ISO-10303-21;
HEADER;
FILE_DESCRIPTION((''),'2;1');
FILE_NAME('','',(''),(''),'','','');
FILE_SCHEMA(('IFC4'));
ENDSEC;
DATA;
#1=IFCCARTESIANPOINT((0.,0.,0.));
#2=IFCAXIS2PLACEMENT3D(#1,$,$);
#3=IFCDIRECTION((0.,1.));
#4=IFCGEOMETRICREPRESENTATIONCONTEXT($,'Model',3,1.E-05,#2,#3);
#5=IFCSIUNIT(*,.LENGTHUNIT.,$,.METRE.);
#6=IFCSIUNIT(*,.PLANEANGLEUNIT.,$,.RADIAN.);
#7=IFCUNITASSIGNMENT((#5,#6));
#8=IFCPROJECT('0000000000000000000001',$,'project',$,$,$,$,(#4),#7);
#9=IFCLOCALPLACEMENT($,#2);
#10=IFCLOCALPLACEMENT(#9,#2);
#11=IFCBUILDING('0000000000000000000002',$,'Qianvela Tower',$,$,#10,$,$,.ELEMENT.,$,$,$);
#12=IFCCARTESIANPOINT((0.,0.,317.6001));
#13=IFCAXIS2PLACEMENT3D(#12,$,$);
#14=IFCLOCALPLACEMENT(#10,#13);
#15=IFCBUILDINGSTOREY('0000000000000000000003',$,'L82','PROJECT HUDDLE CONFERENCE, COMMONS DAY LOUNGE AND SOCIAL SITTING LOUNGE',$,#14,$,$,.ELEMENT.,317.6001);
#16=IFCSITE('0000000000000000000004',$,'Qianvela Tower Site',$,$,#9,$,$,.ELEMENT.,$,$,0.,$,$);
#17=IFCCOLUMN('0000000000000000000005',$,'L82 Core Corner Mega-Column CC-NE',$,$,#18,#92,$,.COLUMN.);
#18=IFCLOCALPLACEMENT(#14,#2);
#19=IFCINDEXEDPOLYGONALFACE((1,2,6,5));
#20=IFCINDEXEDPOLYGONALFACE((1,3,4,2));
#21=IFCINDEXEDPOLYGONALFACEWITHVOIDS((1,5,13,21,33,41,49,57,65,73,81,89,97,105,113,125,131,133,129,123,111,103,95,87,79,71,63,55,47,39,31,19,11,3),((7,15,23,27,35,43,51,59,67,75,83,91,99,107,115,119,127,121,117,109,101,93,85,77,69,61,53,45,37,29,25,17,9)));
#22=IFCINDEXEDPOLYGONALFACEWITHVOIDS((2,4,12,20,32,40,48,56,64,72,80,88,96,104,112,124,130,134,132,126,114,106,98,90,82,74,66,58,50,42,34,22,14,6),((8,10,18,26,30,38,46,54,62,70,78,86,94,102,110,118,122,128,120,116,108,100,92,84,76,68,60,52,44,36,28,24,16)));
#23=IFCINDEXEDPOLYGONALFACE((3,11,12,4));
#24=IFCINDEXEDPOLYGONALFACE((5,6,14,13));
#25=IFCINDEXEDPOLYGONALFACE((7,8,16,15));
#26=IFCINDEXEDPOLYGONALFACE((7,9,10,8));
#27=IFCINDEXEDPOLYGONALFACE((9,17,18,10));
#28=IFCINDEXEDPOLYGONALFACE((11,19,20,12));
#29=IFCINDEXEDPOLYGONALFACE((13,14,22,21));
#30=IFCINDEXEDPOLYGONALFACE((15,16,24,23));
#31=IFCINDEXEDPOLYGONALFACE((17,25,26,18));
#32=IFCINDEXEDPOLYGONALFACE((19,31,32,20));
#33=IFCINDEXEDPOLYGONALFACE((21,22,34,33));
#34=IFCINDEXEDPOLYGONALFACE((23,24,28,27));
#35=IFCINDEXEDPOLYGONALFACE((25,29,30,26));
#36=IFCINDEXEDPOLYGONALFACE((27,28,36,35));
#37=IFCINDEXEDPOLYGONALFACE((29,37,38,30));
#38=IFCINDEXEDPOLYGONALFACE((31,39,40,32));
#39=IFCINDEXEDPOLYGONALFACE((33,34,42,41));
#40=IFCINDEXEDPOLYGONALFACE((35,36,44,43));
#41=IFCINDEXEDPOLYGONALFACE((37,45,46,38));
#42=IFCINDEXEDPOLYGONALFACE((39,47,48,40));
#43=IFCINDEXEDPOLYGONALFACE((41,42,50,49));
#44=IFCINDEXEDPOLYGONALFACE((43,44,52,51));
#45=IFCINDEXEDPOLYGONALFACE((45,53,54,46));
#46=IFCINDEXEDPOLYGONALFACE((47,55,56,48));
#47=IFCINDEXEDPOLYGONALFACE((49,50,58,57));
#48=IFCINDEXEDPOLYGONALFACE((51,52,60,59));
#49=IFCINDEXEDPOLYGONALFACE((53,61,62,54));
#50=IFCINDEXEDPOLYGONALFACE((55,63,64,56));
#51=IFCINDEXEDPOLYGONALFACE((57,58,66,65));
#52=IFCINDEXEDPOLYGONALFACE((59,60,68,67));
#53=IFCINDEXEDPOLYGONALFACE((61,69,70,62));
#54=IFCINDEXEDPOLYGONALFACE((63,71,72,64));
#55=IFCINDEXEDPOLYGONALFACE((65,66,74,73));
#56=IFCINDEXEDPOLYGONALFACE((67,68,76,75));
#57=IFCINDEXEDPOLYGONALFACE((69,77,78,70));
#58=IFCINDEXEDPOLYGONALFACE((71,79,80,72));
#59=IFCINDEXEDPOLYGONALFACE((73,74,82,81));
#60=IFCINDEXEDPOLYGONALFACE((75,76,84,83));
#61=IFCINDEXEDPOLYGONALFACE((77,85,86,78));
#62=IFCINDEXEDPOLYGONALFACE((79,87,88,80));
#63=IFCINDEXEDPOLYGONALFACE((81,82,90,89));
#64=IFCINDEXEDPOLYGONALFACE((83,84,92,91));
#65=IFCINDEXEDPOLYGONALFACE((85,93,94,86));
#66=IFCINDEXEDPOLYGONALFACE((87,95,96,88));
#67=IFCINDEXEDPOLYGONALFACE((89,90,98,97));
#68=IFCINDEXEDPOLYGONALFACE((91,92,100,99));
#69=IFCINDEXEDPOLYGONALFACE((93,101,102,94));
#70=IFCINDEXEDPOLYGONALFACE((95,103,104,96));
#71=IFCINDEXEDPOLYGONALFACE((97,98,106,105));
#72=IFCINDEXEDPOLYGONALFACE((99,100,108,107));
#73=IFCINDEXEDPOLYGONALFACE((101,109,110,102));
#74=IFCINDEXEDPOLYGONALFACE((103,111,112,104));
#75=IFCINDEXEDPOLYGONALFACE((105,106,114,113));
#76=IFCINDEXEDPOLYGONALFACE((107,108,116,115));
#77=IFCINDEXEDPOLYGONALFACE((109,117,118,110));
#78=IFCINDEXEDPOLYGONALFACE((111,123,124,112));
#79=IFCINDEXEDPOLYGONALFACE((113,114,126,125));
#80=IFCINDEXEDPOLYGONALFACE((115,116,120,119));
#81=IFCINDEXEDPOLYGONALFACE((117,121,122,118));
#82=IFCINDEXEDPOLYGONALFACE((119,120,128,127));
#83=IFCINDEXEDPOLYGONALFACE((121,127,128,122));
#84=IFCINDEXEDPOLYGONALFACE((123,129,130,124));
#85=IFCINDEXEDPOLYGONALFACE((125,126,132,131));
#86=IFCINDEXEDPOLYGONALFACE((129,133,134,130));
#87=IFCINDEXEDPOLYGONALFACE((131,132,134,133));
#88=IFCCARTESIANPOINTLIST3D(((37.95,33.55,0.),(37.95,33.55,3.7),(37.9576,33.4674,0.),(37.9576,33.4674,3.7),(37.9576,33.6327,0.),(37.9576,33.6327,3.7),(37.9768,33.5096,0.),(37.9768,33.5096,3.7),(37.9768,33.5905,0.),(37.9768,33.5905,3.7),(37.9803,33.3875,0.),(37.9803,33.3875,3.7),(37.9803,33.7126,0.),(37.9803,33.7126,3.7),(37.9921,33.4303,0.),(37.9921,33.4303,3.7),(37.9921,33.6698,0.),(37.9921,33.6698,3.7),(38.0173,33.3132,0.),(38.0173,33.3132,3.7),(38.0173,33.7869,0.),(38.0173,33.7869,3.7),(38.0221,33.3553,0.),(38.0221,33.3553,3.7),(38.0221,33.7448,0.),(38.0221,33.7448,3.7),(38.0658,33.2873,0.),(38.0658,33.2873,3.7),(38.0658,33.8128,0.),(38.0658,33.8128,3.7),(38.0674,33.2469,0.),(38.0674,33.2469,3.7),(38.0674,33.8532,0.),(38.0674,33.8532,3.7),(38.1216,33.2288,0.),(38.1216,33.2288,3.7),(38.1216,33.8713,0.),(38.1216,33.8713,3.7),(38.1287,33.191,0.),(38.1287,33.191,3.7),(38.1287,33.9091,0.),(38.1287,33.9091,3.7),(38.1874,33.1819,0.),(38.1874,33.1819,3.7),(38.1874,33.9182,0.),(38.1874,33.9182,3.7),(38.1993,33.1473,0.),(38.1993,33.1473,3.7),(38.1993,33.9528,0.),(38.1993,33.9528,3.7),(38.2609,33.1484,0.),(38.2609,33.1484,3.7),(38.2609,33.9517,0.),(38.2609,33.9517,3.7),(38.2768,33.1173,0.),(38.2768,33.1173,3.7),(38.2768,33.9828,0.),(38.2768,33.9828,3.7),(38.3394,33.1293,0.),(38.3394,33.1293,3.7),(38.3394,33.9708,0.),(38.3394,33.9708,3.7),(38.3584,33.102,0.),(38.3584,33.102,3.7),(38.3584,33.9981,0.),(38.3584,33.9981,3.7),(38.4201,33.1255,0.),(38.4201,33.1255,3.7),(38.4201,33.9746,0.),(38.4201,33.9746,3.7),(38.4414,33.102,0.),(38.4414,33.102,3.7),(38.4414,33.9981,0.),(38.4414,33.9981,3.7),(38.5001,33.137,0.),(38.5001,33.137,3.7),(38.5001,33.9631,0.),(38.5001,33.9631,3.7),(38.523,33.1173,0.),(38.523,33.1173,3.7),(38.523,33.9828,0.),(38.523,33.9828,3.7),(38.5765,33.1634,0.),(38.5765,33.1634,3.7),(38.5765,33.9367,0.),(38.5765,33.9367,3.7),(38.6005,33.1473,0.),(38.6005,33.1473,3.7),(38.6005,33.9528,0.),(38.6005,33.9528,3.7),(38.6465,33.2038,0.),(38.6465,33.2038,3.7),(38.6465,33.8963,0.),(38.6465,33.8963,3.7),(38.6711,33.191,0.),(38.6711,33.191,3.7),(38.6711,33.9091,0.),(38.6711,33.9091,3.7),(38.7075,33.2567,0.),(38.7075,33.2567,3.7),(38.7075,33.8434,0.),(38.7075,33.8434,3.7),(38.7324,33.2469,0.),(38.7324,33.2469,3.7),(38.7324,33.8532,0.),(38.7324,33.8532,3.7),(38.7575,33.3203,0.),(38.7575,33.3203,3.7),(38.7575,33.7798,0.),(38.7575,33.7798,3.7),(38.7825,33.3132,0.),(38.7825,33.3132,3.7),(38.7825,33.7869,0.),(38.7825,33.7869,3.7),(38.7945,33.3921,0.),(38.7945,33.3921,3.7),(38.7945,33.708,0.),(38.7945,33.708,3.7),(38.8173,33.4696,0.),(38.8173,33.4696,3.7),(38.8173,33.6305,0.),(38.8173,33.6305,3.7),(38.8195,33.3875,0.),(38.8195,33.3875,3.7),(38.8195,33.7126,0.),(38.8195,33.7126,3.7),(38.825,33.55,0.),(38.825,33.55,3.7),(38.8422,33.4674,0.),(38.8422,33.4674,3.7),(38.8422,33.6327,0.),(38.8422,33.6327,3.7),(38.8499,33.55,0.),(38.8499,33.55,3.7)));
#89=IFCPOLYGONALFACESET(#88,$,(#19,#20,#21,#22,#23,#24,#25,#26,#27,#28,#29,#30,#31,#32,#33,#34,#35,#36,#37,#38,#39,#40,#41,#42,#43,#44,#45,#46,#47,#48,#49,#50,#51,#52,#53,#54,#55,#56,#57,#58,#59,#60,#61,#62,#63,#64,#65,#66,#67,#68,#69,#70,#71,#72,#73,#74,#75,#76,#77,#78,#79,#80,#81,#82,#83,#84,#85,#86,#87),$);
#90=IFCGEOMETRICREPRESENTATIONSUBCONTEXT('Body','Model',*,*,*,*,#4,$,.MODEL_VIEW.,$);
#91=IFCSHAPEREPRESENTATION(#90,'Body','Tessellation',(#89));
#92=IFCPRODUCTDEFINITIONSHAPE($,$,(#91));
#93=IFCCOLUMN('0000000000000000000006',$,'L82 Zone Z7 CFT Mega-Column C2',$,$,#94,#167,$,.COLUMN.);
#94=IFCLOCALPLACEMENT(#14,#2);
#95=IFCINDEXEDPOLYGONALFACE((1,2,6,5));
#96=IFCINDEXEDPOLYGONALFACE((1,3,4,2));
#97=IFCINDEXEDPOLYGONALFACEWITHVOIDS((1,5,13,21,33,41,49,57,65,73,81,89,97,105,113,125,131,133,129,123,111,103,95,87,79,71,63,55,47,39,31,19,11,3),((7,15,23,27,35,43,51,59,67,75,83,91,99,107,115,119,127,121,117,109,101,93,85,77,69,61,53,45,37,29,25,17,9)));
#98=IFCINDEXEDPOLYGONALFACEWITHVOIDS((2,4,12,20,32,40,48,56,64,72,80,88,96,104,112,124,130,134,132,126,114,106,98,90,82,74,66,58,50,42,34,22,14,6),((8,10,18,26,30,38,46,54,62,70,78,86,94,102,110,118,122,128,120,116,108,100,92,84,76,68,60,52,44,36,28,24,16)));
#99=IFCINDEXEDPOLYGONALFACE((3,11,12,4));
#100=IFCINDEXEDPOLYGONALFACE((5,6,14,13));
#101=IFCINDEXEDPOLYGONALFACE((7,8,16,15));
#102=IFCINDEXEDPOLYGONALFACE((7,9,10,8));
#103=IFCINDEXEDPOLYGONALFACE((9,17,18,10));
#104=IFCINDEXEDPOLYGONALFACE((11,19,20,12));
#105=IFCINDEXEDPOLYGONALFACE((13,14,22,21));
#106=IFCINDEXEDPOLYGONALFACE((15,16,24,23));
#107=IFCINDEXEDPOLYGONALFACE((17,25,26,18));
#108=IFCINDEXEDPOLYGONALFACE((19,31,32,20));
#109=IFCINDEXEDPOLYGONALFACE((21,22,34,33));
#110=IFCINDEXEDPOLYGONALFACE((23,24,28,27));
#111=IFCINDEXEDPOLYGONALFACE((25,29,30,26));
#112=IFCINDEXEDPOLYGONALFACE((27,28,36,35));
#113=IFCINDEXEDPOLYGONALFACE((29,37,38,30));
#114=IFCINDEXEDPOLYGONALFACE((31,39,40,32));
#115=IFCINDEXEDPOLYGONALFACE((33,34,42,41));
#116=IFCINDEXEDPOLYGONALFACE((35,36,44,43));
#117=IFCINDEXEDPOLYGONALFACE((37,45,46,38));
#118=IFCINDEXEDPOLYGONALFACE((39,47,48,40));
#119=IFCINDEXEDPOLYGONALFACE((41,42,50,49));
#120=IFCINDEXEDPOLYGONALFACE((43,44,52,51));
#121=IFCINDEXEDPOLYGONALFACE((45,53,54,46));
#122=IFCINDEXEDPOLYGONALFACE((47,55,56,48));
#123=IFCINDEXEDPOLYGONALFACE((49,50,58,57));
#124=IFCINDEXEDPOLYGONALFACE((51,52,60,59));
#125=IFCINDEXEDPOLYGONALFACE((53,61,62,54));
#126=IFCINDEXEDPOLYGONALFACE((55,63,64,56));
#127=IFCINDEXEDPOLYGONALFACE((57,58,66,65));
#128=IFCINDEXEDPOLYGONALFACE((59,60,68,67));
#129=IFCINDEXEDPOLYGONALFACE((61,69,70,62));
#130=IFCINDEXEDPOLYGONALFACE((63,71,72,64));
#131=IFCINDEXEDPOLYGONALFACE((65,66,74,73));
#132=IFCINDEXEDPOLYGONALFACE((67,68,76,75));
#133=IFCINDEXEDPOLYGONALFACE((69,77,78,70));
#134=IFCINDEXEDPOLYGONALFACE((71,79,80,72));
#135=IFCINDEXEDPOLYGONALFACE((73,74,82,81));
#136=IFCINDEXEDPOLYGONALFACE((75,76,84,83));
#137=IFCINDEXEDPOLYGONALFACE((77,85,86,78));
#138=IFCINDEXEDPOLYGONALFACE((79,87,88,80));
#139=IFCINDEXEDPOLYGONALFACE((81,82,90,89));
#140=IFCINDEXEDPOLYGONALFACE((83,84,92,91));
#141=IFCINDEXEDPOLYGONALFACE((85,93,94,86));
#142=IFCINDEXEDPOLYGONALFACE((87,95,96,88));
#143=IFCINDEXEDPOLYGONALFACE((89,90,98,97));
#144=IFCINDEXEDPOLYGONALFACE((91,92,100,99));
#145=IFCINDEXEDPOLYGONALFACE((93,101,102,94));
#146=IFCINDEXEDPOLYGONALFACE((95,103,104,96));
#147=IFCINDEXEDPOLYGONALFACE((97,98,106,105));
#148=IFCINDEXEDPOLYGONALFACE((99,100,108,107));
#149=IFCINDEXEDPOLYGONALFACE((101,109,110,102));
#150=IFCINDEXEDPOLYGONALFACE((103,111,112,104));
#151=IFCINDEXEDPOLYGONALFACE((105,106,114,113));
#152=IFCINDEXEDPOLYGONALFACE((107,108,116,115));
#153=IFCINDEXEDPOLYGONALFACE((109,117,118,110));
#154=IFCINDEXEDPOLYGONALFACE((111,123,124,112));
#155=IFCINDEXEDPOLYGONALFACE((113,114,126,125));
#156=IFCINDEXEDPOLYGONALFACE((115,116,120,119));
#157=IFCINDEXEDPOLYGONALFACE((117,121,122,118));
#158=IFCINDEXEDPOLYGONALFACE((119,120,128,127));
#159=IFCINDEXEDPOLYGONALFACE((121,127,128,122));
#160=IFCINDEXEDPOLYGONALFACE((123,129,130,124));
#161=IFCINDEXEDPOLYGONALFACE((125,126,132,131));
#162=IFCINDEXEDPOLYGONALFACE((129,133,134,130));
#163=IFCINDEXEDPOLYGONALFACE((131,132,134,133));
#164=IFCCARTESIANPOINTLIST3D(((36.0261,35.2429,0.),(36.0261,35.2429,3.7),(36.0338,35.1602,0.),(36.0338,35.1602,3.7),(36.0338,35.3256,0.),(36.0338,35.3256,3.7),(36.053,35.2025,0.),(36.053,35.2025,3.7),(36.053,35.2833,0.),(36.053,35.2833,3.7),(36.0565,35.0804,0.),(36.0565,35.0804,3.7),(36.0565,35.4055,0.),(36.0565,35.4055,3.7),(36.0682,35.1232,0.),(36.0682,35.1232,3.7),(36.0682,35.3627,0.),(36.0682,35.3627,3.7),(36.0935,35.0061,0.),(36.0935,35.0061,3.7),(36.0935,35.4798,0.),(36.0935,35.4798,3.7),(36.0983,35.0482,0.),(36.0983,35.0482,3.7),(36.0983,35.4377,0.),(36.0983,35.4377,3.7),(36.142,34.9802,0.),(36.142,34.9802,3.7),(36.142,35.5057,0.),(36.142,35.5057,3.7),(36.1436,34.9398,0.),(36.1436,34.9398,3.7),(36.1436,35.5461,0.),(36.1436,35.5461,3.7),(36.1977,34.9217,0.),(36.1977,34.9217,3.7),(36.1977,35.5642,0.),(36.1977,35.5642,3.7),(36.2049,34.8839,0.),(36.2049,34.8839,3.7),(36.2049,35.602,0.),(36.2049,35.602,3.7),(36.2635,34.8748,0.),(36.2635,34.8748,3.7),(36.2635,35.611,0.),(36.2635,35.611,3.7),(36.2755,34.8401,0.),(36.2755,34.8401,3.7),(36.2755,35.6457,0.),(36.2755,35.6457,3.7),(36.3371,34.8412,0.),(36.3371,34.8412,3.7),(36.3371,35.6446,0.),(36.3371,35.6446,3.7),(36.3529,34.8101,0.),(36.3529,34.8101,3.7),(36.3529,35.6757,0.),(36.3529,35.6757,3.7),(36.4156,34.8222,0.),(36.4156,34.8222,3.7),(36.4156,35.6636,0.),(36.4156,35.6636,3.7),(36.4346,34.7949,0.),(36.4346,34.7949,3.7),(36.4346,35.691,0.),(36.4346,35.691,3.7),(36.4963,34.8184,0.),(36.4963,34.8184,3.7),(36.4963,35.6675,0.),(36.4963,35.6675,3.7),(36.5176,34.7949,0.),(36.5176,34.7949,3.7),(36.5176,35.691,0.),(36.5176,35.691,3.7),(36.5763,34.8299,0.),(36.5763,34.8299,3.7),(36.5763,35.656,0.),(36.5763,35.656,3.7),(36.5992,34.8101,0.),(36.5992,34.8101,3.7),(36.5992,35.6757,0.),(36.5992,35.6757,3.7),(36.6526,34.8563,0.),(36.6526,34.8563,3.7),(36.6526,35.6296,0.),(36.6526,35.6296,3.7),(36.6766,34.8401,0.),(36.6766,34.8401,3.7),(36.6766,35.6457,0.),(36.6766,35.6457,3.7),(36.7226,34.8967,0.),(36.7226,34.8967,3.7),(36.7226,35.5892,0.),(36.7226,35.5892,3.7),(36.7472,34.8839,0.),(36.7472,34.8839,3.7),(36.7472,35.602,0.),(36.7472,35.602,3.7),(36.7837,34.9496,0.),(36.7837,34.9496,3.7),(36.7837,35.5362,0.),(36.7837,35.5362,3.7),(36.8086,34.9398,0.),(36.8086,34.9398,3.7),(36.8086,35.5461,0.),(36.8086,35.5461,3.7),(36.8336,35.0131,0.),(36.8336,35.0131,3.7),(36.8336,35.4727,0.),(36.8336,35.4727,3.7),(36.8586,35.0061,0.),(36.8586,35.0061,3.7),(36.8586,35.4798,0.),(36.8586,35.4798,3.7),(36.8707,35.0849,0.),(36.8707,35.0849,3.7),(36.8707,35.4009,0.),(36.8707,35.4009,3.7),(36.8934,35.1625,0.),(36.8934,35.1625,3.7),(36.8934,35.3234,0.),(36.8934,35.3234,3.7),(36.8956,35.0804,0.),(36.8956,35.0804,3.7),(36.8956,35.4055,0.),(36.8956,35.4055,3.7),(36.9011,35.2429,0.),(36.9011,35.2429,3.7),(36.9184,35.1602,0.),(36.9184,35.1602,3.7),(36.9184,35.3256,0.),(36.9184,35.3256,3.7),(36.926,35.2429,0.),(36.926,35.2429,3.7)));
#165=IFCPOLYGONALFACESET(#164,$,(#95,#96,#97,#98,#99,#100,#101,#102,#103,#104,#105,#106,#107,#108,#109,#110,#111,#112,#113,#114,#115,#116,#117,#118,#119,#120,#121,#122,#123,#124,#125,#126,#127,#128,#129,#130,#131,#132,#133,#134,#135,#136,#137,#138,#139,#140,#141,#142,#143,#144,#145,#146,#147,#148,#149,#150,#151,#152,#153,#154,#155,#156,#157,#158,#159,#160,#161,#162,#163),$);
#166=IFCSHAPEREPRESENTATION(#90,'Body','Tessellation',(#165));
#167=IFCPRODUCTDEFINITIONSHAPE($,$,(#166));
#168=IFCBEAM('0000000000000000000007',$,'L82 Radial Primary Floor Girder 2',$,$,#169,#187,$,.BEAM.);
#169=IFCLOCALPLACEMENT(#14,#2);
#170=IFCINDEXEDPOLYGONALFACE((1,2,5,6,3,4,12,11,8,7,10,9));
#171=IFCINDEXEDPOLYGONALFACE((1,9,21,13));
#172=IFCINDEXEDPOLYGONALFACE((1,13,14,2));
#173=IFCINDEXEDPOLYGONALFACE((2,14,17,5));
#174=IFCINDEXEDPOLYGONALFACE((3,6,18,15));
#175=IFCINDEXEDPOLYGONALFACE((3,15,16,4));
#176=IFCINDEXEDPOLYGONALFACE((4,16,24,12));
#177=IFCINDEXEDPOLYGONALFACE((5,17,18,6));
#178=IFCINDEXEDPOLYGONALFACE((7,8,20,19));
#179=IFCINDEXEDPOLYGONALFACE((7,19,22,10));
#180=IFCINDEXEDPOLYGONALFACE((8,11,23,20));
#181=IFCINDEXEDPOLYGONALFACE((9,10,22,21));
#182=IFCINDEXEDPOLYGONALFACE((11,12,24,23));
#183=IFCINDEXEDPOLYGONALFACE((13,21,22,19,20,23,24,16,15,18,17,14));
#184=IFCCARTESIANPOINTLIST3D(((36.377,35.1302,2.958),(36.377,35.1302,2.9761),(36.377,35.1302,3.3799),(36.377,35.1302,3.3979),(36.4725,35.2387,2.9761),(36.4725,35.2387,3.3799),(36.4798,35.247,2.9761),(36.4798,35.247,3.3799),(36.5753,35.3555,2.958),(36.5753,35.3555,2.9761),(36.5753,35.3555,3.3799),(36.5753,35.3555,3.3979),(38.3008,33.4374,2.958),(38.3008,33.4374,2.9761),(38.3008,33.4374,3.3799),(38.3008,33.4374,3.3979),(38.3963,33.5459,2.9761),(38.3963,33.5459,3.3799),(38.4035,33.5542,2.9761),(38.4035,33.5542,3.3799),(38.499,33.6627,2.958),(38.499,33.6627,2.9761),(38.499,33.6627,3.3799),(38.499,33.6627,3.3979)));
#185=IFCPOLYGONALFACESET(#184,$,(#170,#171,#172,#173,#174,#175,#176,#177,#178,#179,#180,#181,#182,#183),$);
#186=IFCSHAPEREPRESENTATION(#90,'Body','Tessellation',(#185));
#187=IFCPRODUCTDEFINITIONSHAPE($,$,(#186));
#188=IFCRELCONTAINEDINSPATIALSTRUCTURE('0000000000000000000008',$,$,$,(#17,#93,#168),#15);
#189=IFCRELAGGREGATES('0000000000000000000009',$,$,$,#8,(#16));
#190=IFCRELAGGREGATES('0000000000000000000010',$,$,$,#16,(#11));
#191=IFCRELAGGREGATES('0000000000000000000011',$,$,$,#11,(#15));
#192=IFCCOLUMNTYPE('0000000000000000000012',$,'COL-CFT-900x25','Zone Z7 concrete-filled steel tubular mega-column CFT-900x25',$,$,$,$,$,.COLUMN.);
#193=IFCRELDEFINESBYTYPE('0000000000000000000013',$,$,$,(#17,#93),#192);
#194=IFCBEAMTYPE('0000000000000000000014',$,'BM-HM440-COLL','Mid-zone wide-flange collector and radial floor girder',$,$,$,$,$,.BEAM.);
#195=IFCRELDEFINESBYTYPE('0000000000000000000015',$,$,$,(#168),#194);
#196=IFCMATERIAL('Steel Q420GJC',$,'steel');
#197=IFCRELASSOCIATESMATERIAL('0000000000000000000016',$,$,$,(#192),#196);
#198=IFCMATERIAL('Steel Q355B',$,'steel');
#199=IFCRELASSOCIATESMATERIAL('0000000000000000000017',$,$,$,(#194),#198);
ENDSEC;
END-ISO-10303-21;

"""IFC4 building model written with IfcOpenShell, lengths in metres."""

from ifc_helpers import new_model, si_unit, direction, frame, origin, origin_2d, place, context, subcontext, project, spatial, hollow_circle, i_section, extrude, material, material_profile, profile_set, type_object, element, save


model = new_model("IFC4")

# Units and contexts
model_context = context("Model", 3, precision=1e-05, world=origin(), true_north=direction((0.0, 1.0)))
body_context = subcontext(model_context, "Body", "Model", "MODEL_VIEW")
ifc_project = project(units=[si_unit("LENGTHUNIT", "METRE"), si_unit("PLANEANGLEUNIT", "RADIAN")], contexts=[model_context])

# Site, building, storey
site_placement = place(None, origin())
site = spatial("IfcSite", under=ifc_project, at=site_placement, Name="Qianvela Tower Site", CompositionType="ELEMENT", RefElevation=0.0)
building_placement = place(site_placement, origin())
building = spatial("IfcBuilding", under=site, at=building_placement, Name="Qianvela Tower", CompositionType="ELEMENT")
storey_placement = place(building_placement, frame((0.0, 0.0, 317.6001)))
storey = spatial("IfcBuildingStorey", under=building, at=storey_placement, Name="L82", Description="PROJECT HUDDLE CONFERENCE, COMMONS DAY LOUNGE AND SOCIAL SITTING LOUNGE", CompositionType="ELEMENT", Elevation=317.6001)

# Columns
ifc_material_1 = material(Name="Steel Q420GJC", Category="steel")
ifc_material_profile_1 = material_profile(ifc_material_1, hollow_circle(Radius=0.45, WallThickness=0.0249, at=origin_2d()), Name="CFT-900x25")
ifc_profile_set_1 = profile_set([ifc_material_profile_1], Name="Steel Q420GJC")
column_type = type_object("IfcColumnType", Name="COL-CFT-900x25", Description="Zone Z7 concrete-filled steel tubular mega-column CFT-900x25", PredefinedType="COLUMN", material=ifc_profile_set_1)
for number, where, z_axis, x_axis, name in (
    (1, (38.3999, 33.55, 0.0), (0.0, 0.0, 1.0), (1.0, 0.0, 0.0), "L82 Core Corner Mega-Column CC-NE"),
    (2, (36.4761, 35.2429, 0.0), (0.0, 0.0, 1.0), (1.0, 0.0, 0.0), "L82 Zone Z7 CFT Mega-Column C2"),
):
    element("IfcColumn", number, at=place(storey_placement, frame(where, z_axis=z_axis, x_axis=x_axis)), inside=storey, type_object=column_type, Name=name, PredefinedType="COLUMN", context=body_context, shape_type="SweptSolid", body=[
        extrude(hollow_circle(Radius=0.45, WallThickness=0.0249, at=origin_2d()), origin(), (0.0, 0.0, 1.0), 3.7),
    ])

# Beam
ifc_material_2 = material(Name="Steel Q355B", Category="steel")
ifc_material_profile_2 = material_profile(ifc_material_2, i_section(OverallWidth=0.3, OverallDepth=0.4399, WebThickness=0.011, FlangeThickness=0.0181, at=origin_2d()), Name="HM440x300x11x18")
ifc_profile_set_2 = profile_set([ifc_material_profile_2], Name="Steel Q355B")
beam_type_1 = type_object("IfcBeamType", Name="BM-HM440-COLL", Description="Mid-zone wide-flange collector and radial floor girder", PredefinedType="BEAM", material=ifc_profile_set_2)
beam_1_placement = place(storey_placement, frame((38.3999, 33.55, 3.178), z_axis=(-0.750732, 0.660606, 0.0), x_axis=(-0.660606, -0.750732, 0.0)))
element("IfcBeam", 3, at=beam_1_placement, inside=storey, type_object=beam_type_1, Name="L82 Radial Primary Floor Girder 2", PredefinedType="BEAM", context=body_context, shape_type="SweptSolid", body=[
    extrude(i_section(OverallWidth=0.3, OverallDepth=0.4399, WebThickness=0.011, FlangeThickness=0.0181, at=origin_2d()), origin(), (0.0, 0.0, 1.0), 2.5625),
])

save(model, "model.ifc")
